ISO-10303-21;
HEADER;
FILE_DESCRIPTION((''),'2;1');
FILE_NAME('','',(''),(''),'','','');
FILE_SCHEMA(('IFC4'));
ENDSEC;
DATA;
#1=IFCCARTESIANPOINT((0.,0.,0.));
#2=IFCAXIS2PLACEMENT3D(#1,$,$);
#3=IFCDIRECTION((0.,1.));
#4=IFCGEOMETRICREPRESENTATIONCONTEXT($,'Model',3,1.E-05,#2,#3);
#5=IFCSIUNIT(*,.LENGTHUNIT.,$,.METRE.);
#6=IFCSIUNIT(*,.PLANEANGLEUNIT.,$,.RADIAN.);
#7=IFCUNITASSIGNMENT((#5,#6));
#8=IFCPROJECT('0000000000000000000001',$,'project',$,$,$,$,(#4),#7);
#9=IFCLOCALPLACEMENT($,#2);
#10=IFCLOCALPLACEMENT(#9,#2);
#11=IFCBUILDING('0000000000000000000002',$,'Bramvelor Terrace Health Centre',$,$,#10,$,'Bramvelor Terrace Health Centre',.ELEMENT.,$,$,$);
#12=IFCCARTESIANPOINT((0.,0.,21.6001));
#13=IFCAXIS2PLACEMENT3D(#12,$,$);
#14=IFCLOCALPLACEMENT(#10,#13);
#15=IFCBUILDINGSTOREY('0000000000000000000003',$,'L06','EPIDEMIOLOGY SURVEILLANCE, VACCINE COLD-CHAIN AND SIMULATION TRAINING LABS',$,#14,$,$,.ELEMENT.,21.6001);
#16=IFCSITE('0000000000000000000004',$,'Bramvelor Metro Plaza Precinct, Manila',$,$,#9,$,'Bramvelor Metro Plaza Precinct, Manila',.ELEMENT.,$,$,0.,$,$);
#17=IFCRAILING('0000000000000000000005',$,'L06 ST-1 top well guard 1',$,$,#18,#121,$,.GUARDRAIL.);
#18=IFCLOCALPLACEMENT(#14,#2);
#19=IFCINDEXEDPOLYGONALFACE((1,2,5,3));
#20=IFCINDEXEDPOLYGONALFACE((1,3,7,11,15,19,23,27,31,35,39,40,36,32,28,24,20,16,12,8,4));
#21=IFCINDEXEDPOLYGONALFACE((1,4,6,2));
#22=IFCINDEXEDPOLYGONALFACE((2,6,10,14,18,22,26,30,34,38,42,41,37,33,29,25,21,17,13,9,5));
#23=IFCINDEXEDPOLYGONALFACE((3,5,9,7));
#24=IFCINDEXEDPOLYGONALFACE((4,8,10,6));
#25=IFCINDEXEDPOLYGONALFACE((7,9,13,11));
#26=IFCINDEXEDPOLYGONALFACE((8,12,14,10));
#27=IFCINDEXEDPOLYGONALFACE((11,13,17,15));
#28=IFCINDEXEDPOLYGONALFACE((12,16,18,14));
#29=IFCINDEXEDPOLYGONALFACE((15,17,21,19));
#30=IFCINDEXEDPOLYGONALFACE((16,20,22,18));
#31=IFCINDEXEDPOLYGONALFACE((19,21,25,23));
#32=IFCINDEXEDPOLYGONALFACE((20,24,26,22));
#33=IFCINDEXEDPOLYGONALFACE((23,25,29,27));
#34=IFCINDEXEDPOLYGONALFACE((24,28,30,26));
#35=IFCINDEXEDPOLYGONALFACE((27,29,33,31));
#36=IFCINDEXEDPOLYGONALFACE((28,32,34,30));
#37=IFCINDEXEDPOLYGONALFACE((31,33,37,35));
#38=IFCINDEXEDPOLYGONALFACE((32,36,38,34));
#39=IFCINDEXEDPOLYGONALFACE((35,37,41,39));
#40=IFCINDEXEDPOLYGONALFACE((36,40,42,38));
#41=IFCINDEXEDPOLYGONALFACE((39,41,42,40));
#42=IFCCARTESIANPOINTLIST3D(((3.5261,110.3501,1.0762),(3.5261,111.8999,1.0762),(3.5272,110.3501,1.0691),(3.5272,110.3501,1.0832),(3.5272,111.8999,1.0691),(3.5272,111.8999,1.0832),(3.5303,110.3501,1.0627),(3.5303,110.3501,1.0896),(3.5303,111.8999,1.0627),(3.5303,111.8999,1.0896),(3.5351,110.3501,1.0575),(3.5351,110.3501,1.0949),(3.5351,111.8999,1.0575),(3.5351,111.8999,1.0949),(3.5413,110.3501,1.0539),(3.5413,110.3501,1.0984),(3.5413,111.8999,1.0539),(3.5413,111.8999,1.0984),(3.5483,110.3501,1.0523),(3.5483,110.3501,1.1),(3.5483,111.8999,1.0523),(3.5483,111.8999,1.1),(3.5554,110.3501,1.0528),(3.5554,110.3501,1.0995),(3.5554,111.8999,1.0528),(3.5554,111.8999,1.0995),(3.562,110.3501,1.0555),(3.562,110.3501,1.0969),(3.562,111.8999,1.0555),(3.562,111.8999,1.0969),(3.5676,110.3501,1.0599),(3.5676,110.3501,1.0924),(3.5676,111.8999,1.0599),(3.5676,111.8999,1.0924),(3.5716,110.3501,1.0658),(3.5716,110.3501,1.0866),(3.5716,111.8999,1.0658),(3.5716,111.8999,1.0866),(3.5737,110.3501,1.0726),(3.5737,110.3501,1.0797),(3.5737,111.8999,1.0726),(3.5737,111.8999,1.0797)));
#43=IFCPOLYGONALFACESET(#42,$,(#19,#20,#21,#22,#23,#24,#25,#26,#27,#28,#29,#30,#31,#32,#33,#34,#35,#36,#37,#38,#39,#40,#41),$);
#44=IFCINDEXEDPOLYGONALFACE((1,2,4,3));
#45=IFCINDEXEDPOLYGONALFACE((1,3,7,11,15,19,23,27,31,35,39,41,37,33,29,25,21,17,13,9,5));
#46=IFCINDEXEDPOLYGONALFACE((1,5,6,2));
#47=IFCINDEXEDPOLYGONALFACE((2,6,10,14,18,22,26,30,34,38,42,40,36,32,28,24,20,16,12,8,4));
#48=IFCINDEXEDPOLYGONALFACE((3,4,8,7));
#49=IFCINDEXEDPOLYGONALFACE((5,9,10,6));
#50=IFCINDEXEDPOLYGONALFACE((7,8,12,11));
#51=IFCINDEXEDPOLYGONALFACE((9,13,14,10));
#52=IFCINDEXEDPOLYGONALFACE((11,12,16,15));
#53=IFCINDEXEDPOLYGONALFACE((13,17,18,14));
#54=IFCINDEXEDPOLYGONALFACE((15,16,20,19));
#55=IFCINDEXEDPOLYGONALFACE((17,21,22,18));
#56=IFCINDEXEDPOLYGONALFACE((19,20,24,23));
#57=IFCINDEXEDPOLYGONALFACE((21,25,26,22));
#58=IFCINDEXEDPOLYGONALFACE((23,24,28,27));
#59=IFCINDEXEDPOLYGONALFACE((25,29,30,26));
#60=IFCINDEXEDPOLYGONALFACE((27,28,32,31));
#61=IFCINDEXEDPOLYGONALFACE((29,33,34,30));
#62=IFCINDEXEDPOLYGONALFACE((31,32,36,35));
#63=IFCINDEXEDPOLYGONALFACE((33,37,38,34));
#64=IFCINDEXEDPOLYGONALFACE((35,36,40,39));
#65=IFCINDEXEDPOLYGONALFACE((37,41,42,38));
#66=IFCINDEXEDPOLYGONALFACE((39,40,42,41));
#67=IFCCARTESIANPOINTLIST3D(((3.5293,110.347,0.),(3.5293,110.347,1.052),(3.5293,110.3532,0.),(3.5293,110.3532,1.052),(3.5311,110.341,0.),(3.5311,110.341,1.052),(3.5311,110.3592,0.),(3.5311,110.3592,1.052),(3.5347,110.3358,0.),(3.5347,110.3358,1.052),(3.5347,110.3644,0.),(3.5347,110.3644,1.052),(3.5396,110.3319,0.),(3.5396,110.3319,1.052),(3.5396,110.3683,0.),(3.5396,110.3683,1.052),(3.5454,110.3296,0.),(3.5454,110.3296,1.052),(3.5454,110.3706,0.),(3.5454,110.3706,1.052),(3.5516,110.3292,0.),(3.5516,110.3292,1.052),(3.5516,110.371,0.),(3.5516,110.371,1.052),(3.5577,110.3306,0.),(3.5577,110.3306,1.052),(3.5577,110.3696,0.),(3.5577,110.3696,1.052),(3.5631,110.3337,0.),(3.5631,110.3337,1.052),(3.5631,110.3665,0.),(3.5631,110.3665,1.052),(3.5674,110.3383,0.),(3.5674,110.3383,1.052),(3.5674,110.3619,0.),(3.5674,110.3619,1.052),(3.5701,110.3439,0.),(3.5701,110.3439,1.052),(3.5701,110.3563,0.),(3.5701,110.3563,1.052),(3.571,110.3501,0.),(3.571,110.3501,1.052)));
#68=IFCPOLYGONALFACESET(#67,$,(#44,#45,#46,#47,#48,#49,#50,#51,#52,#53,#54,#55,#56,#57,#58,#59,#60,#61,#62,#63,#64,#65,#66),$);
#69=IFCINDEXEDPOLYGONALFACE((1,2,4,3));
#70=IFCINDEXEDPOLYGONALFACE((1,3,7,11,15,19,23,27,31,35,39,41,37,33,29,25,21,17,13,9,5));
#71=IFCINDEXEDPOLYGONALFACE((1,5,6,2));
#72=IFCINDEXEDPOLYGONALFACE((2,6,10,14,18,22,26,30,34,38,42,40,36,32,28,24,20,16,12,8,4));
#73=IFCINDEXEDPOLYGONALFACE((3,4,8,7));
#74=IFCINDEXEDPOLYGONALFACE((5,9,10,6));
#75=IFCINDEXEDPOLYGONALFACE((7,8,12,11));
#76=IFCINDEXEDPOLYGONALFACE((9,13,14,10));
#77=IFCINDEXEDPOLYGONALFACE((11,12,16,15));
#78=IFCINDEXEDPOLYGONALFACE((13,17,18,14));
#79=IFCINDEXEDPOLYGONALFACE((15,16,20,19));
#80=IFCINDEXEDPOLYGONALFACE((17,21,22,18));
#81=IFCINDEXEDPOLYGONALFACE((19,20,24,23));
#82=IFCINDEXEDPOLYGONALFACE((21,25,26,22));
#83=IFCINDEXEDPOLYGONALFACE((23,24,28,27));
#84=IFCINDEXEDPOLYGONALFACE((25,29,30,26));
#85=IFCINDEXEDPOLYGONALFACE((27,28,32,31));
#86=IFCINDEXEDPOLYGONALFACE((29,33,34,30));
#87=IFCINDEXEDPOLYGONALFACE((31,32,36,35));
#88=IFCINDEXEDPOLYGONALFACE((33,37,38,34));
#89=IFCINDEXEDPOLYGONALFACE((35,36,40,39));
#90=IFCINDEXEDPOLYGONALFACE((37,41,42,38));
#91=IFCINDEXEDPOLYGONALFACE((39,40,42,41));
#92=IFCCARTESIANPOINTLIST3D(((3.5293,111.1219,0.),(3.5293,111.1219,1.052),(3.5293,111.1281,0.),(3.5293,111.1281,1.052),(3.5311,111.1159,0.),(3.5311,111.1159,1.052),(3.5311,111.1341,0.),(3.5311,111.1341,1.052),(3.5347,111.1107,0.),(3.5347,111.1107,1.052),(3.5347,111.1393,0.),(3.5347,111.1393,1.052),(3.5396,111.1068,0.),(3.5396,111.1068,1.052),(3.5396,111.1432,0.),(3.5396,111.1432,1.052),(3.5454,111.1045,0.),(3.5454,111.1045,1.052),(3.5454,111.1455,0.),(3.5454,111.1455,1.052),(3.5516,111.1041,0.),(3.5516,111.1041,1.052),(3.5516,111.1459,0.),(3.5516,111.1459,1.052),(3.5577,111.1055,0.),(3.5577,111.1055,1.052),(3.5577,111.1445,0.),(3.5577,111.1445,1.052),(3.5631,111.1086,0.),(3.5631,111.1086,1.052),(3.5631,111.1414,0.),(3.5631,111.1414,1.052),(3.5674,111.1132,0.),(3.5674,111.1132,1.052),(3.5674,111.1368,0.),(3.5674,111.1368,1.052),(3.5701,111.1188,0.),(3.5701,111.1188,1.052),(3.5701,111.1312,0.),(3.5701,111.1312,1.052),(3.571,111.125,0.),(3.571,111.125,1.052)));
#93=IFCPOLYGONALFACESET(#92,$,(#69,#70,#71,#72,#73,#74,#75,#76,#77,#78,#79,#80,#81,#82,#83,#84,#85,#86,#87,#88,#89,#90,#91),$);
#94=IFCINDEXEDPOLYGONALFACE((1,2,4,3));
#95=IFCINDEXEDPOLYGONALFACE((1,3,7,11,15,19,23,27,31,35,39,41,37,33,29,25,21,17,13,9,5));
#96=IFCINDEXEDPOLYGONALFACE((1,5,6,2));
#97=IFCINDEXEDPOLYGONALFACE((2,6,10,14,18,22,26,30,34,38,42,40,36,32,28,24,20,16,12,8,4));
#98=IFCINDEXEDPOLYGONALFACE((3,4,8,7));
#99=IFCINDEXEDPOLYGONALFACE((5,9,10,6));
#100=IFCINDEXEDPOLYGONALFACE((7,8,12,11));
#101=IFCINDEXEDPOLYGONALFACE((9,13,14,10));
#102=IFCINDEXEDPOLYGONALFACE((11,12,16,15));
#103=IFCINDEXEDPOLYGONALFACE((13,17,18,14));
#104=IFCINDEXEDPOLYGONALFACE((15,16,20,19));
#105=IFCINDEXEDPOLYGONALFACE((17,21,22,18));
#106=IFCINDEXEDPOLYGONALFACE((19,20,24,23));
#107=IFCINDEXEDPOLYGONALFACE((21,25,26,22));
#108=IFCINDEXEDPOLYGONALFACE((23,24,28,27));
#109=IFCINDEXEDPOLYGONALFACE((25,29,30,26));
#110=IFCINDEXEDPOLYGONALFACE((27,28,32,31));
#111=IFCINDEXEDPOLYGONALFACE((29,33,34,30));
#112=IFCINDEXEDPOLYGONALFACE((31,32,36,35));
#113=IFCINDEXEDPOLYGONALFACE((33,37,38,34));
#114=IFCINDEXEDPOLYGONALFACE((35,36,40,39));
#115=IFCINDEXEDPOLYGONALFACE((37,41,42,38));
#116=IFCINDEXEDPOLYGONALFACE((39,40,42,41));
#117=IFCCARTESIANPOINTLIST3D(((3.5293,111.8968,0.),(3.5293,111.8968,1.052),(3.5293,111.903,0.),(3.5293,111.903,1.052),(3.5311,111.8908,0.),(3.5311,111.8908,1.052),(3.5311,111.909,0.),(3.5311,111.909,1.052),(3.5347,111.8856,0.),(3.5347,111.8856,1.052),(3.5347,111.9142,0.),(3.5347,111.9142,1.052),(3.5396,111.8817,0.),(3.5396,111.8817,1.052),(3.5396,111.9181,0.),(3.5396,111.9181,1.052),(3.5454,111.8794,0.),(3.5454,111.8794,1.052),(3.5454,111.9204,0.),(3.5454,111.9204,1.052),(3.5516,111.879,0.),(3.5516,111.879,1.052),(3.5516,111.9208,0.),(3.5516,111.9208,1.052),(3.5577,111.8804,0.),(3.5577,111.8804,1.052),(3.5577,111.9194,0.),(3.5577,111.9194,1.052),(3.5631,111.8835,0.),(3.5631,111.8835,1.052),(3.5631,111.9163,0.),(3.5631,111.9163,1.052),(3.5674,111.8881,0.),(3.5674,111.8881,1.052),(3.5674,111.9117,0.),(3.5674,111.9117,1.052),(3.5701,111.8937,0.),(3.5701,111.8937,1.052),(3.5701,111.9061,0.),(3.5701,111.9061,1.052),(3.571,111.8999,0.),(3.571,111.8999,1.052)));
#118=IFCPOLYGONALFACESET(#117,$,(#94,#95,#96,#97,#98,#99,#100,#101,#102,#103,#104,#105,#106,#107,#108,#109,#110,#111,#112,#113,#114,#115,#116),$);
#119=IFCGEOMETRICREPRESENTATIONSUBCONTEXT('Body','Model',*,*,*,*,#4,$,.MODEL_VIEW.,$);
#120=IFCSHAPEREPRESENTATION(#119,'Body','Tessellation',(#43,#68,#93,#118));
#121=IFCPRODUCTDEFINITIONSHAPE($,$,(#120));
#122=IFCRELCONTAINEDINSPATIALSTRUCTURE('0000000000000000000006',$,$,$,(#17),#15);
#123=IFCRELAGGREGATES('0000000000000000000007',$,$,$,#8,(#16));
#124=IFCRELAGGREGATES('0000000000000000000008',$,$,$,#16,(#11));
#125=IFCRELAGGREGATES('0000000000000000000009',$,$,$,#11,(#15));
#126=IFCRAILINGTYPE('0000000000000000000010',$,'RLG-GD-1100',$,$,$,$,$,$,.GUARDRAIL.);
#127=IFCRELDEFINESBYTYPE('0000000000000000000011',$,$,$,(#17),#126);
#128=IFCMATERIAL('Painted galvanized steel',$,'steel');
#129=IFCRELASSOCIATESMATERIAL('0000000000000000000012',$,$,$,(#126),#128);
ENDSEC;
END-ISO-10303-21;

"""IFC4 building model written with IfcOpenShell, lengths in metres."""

from ifc_helpers import new_model, si_unit, direction, frame, origin, origin_2d, place, context, subcontext, project, spatial, circle, extrude, material, type_object, element, save


model = new_model("IFC4")

# Units and contexts
model_context = context("Model", 3, precision=1e-05, world=origin(), true_north=direction((0.0, 1.0)))
body_context = subcontext(model_context, "Body", "Model", "MODEL_VIEW")
ifc_project = project(units=[si_unit("LENGTHUNIT", "METRE"), si_unit("PLANEANGLEUNIT", "RADIAN")], contexts=[model_context])

# Site, building, storey
site_placement = place(None, origin())
site = spatial("IfcSite", under=ifc_project, at=site_placement, Name="Bramvelor Metro Plaza Precinct, Manila", LongName="Bramvelor Metro Plaza Precinct, Manila", CompositionType="ELEMENT", RefElevation=0.0)
building_placement = place(site_placement, origin())
building = spatial("IfcBuilding", under=site, at=building_placement, Name="Bramvelor Terrace Health Centre", LongName="Bramvelor Terrace Health Centre", CompositionType="ELEMENT")
storey_placement = place(building_placement, frame((0.0, 0.0, 21.6001)))
storey = spatial("IfcBuildingStorey", under=building, at=storey_placement, Name="L06", Description="EPIDEMIOLOGY SURVEILLANCE, VACCINE COLD-CHAIN AND SIMULATION TRAINING LABS", CompositionType="ELEMENT", Elevation=21.6001)

# Railing
ifc_material_1 = material(Name="Painted galvanized steel", Category="steel")
railing_type = type_object("IfcRailingType", Name="RLG-GD-1100", PredefinedType="GUARDRAIL", material=ifc_material_1)
railing_placement = place(storey_placement, frame((3.55, 110.3501, 0.0)))
element("IfcRailing", 1, at=railing_placement, inside=storey, type_object=railing_type, Name="L06 ST-1 top well guard 1", PredefinedType="GUARDRAIL", context=body_context, shape_type="SweptSolid", body=[
    extrude(circle(Radius=0.0239, at=origin_2d()), frame((0.0, 0.0, 1.0762), z_axis=(0.0, 1.0, 0.0), x_axis=(-1.0, 0.0, 0.0)), (0.0, 0.0, 1.0), 1.5498),
    extrude(circle(Radius=0.021, at=origin_2d()), origin(), (0.0, 0.0, 1.0), 1.052),
    extrude(circle(Radius=0.021, at=origin_2d()), frame((0.0, 0.7749, 0.0)), (0.0, 0.0, 1.0), 1.052),
    extrude(circle(Radius=0.021, at=origin_2d()), frame((0.0, 1.5498, 0.0)), (0.0, 0.0, 1.0), 1.052),
])

save(model, "model.ifc")
